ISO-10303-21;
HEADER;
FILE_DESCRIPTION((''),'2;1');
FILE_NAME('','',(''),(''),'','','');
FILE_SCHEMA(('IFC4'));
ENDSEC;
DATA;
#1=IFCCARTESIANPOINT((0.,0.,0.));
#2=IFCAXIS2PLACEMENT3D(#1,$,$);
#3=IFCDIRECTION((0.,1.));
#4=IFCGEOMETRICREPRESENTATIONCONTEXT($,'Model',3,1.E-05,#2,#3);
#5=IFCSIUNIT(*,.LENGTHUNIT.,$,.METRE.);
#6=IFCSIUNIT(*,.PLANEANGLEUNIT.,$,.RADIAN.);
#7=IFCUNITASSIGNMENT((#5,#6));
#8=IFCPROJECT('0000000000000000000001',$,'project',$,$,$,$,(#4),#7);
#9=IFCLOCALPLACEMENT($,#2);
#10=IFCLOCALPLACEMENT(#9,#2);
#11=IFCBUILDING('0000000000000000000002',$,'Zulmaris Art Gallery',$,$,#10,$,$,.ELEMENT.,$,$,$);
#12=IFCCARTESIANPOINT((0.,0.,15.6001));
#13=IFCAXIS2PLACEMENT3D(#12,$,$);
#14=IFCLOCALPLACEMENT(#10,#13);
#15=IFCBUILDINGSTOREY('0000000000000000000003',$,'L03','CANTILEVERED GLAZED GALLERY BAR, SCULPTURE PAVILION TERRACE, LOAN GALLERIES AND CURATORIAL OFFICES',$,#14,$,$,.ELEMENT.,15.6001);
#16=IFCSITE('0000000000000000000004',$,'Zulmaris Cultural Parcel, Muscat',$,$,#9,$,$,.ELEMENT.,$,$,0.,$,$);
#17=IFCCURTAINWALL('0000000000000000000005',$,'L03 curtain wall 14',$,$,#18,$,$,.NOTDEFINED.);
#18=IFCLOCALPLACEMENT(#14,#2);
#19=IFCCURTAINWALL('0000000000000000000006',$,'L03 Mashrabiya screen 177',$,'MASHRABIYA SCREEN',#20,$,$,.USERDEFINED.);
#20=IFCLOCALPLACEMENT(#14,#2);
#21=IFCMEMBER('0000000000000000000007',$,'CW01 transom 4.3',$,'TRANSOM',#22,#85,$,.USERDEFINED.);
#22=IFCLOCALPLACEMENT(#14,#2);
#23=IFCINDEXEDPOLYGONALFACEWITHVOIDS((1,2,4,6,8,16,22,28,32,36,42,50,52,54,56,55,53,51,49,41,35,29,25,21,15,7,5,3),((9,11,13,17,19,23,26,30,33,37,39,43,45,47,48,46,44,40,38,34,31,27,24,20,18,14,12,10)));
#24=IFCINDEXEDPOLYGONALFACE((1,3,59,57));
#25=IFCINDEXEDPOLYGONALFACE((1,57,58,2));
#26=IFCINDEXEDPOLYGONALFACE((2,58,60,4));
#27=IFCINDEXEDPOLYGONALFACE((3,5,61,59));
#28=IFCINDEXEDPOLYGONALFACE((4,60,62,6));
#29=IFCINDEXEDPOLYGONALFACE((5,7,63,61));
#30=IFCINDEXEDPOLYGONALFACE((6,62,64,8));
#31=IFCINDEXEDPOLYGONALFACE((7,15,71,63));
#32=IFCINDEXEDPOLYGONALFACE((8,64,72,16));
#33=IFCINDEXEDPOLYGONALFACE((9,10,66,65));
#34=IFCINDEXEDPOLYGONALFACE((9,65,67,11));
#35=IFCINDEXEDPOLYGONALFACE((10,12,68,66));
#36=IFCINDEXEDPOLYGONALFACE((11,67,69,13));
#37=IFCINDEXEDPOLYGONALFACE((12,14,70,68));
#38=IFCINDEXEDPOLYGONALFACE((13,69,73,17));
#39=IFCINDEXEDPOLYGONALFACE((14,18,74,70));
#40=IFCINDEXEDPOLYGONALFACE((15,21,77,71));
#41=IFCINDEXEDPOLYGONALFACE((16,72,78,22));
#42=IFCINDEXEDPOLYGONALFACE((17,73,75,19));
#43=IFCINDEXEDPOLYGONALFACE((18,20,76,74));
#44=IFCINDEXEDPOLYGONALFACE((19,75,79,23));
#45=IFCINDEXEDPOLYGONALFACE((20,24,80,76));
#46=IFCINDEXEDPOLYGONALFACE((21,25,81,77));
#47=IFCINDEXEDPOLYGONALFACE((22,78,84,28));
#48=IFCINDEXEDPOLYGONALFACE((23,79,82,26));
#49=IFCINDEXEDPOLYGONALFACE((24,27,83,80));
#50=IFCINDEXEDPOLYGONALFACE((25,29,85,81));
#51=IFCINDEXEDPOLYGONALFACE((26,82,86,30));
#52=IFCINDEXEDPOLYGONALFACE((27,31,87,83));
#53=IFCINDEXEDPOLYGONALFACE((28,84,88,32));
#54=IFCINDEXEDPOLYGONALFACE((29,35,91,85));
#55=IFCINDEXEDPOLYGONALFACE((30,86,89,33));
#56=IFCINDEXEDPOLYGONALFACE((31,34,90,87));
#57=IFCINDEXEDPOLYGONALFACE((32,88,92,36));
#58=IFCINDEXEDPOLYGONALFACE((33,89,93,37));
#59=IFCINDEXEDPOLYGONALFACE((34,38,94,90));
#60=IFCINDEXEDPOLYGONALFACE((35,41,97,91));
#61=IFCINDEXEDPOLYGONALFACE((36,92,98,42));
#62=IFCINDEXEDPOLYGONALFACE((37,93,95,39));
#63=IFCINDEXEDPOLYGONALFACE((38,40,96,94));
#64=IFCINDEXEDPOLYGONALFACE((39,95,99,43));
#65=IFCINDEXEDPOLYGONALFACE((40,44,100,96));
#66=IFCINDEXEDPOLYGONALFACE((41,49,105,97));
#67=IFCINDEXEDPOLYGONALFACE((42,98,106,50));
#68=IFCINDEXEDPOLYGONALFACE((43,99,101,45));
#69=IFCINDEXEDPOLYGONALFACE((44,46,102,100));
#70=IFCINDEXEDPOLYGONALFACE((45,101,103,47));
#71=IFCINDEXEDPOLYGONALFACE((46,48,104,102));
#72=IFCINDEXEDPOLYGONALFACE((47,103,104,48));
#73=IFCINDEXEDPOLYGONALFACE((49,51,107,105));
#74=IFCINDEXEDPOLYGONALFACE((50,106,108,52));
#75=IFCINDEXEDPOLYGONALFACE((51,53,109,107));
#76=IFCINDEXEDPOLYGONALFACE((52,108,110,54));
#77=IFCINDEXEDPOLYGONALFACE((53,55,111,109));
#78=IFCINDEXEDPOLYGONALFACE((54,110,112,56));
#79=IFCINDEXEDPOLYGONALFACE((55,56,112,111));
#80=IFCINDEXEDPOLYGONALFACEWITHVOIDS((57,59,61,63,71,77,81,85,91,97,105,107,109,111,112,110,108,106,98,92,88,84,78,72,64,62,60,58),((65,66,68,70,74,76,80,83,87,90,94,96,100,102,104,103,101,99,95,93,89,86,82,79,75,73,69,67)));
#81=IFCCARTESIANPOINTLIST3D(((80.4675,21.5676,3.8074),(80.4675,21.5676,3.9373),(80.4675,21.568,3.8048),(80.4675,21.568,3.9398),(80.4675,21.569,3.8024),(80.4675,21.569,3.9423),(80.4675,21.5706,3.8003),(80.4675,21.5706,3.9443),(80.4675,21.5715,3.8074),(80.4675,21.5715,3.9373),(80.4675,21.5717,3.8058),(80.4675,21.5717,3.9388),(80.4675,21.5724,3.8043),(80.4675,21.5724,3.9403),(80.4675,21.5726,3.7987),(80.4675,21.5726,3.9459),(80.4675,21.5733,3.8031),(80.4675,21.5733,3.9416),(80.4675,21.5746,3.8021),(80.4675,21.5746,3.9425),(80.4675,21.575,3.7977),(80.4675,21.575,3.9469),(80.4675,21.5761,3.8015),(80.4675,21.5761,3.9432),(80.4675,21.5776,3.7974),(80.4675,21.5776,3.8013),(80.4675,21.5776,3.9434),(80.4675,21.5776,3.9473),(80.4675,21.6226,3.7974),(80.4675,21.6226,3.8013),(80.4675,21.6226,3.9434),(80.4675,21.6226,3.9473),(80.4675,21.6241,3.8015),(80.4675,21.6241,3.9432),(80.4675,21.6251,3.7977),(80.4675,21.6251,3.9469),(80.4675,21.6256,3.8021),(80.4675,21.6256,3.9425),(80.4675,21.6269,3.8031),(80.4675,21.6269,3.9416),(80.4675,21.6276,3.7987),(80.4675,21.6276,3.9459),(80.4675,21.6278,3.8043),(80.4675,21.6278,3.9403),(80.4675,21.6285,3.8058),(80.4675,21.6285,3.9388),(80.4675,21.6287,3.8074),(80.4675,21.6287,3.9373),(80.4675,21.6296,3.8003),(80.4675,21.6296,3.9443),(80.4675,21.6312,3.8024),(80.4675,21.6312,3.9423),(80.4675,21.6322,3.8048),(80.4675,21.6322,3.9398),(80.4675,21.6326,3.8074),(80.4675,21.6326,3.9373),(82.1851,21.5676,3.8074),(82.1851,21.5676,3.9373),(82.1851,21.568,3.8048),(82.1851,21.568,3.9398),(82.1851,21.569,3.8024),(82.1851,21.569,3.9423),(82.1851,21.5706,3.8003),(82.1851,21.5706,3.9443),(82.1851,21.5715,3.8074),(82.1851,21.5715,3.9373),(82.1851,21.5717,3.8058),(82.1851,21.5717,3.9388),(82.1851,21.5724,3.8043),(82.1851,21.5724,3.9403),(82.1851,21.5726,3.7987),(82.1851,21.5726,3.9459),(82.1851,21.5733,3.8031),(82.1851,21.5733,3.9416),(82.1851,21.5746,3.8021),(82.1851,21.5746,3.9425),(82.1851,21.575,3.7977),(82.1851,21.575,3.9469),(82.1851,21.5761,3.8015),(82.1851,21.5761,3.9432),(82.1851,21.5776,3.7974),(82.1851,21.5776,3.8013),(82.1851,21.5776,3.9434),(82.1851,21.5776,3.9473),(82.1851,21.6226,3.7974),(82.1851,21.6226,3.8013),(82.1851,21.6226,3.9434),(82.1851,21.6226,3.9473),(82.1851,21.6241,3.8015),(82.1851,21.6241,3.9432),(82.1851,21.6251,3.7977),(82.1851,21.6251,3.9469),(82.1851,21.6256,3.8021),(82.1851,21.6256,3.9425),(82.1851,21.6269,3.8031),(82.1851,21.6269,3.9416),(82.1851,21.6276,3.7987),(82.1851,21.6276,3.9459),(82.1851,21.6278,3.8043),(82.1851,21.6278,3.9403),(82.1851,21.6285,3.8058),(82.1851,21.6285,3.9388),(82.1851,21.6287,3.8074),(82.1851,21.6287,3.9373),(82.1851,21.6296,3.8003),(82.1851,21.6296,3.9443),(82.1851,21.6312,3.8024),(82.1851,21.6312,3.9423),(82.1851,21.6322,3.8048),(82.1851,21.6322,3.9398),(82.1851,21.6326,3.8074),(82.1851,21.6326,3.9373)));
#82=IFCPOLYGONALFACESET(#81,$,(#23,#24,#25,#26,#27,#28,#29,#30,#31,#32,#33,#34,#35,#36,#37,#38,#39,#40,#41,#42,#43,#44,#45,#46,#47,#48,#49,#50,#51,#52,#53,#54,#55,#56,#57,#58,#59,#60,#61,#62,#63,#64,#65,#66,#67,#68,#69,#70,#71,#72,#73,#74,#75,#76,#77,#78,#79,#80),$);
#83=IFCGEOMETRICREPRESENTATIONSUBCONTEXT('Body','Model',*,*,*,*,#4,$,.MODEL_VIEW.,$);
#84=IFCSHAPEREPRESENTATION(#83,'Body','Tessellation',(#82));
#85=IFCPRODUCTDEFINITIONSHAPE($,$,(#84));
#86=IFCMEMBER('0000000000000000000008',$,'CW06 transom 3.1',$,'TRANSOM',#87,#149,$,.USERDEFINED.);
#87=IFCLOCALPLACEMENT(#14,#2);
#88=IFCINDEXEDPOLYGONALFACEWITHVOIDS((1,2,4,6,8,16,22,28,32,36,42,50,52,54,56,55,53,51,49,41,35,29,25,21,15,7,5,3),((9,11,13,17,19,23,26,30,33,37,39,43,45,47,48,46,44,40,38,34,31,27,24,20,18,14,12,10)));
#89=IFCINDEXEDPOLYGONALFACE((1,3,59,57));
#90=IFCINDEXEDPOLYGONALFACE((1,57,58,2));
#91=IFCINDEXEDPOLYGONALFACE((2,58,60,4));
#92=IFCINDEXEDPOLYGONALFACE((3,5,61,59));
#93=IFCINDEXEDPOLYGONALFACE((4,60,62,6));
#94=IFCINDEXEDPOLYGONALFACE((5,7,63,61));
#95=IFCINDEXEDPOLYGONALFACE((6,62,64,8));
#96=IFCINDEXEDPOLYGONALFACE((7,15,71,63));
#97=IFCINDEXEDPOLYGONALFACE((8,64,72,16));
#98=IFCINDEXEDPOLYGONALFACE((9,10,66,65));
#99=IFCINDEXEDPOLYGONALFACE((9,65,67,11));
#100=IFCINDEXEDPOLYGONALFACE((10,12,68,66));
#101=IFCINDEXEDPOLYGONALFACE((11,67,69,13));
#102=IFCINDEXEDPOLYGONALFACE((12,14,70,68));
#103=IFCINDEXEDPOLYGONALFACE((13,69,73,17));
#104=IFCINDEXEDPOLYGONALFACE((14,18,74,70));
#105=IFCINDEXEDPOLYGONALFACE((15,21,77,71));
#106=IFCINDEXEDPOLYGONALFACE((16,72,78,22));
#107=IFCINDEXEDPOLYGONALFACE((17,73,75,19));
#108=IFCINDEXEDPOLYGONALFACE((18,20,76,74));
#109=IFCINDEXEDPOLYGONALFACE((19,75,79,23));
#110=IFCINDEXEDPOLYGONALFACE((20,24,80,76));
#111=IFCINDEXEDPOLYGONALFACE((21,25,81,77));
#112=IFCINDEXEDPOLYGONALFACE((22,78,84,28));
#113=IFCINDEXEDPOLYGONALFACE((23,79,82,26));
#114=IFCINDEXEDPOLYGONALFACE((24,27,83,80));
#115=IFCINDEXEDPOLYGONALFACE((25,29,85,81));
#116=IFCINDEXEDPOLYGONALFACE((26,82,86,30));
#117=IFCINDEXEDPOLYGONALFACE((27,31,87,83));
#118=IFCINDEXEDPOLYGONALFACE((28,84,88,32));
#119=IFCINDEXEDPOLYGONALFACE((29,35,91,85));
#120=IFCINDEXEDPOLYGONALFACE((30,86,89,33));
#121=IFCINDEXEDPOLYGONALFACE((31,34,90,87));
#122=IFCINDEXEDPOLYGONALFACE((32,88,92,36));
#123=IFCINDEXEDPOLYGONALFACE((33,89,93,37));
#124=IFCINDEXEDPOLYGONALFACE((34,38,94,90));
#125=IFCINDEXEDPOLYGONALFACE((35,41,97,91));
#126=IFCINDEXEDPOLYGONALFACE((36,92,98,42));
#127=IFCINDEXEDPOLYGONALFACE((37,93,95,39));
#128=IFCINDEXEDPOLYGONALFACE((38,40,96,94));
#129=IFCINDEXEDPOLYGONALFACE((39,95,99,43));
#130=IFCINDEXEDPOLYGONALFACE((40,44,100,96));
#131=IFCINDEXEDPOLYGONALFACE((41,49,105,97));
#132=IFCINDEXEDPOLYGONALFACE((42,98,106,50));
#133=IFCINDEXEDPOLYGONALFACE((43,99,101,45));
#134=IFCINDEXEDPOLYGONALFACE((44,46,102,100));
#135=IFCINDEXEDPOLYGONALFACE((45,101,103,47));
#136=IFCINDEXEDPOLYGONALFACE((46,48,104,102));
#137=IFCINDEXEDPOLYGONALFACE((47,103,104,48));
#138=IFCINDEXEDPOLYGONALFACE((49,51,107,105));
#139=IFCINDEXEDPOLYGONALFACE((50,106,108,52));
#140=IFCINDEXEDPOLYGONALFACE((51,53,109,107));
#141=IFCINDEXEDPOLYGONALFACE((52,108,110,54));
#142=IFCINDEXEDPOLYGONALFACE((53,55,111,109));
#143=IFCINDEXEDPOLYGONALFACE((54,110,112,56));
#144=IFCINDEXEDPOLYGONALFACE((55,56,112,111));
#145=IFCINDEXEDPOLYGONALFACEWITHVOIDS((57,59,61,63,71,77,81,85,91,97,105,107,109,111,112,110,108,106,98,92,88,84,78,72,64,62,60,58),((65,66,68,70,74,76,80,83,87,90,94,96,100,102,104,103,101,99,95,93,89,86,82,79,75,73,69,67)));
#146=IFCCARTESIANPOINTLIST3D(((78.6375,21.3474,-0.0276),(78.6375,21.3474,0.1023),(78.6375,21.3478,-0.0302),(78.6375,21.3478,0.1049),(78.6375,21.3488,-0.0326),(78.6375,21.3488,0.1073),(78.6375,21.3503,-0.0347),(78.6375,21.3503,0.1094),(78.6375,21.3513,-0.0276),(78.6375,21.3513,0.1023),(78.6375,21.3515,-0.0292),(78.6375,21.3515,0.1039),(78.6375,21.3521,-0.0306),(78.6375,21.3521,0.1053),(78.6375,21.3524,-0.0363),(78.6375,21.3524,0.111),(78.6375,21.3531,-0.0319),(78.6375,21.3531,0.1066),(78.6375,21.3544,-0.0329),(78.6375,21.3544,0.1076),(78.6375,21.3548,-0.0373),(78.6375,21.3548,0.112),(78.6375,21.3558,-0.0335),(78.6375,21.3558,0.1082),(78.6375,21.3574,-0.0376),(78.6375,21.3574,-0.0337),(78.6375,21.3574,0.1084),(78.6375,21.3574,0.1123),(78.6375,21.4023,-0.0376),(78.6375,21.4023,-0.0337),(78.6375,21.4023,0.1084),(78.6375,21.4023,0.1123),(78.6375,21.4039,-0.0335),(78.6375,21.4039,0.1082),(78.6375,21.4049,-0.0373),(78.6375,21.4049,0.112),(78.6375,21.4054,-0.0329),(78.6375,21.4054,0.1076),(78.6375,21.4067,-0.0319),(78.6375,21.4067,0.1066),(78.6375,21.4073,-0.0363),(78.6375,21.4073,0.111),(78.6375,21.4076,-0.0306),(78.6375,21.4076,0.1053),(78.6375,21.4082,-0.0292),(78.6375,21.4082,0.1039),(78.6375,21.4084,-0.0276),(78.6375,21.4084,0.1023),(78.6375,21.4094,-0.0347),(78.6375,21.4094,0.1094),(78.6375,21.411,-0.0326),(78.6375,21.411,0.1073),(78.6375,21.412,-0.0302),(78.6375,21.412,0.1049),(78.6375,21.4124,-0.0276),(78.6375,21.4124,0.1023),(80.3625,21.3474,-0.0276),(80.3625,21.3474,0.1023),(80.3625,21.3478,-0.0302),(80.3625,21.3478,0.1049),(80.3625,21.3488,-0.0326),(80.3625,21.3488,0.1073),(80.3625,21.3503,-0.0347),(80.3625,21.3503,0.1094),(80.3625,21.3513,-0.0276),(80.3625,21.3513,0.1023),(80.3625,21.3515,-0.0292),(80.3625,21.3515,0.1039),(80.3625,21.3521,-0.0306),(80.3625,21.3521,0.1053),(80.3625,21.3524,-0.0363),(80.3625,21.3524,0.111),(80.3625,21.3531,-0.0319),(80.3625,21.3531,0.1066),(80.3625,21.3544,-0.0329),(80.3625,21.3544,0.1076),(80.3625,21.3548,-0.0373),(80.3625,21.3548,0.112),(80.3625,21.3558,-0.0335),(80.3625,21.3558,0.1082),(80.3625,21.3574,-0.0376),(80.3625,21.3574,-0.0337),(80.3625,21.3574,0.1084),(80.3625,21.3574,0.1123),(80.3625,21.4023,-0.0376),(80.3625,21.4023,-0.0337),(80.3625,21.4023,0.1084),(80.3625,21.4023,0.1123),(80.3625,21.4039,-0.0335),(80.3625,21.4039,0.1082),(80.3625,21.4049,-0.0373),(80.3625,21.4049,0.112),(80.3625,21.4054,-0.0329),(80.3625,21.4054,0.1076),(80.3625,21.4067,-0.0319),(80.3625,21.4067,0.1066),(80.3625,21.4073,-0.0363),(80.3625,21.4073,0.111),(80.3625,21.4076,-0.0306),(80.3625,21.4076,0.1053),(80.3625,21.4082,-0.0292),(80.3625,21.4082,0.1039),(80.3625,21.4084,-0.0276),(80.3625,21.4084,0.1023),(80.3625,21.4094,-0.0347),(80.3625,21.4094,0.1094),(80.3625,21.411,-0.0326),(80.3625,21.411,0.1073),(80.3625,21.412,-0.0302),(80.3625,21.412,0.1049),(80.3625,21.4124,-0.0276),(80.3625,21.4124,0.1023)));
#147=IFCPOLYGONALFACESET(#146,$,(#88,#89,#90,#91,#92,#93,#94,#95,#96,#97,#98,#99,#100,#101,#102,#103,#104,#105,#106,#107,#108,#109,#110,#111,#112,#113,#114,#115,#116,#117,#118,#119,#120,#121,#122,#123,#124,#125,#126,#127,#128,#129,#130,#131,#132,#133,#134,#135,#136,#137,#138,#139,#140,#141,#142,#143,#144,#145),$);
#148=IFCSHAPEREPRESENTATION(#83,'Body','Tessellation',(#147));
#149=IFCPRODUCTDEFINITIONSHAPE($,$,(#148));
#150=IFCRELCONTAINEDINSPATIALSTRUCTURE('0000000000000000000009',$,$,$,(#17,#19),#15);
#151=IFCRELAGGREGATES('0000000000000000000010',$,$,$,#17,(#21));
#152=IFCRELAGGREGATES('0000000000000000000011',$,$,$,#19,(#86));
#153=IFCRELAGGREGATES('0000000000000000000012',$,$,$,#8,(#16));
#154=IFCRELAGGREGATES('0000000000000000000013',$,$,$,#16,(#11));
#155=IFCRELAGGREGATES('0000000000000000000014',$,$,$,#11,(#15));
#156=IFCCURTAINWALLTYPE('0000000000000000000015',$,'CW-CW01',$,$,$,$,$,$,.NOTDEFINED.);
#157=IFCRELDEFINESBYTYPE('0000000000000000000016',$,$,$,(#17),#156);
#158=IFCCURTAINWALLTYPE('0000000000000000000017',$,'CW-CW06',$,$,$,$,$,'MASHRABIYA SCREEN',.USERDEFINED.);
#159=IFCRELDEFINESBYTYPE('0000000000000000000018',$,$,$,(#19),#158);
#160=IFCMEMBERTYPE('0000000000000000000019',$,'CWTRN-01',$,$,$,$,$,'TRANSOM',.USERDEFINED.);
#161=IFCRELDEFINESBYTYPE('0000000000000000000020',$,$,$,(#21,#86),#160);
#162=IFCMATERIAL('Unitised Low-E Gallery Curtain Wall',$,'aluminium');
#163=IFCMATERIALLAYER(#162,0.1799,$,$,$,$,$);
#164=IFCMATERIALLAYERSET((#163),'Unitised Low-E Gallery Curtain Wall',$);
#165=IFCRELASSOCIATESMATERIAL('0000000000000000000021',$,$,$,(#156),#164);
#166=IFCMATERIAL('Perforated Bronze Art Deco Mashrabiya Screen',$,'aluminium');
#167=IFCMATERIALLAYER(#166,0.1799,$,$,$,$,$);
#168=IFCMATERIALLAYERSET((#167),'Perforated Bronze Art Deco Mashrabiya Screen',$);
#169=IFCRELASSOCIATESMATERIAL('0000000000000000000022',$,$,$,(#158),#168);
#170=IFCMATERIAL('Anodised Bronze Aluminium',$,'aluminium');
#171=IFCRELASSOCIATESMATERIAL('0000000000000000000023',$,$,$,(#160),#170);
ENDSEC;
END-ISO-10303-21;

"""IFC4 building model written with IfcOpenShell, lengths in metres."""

from ifc_helpers import new_model, si_unit, direction, frame, origin, origin_2d, place, context, subcontext, project, spatial, hollow_rectangle, extrude, material, layer, layer_set, material_profile, profile_set, type_object, element, aggregate, save


model = new_model("IFC4")

# Units and contexts
model_context = context("Model", 3, precision=1e-05, world=origin(), true_north=direction((0.0, 1.0)))
body_context = subcontext(model_context, "Body", "Model", "MODEL_VIEW")
ifc_project = project(units=[si_unit("LENGTHUNIT", "METRE"), si_unit("PLANEANGLEUNIT", "RADIAN")], contexts=[model_context])

# Site, building, storey
site_placement = place(None, origin())
site = spatial("IfcSite", under=ifc_project, at=site_placement, Name="Zulmaris Cultural Parcel, Muscat", CompositionType="ELEMENT", RefElevation=0.0)
building_placement = place(site_placement, origin())
building = spatial("IfcBuilding", under=site, at=building_placement, Name="Zulmaris Art Gallery", CompositionType="ELEMENT")
storey_placement = place(building_placement, frame((0.0, 0.0, 15.6001)))
storey = spatial("IfcBuildingStorey", under=building, at=storey_placement, Name="L03", Description="CANTILEVERED GLAZED GALLERY BAR, SCULPTURE PAVILION TERRACE, LOAN GALLERIES AND CURATORIAL OFFICES", CompositionType="ELEMENT", Elevation=15.6001)

# Curtain walls
ifc_material_1 = material(Name="Unitised Low-E Gallery Curtain Wall", Category="aluminium")
ifc_layer_1 = layer(ifc_material_1, 0.1799)
ifc_layer_set_1 = layer_set([ifc_layer_1], Name="Unitised Low-E Gallery Curtain Wall")
curtain_wall_type_1 = type_object("IfcCurtainWallType", Name="CW-CW01", PredefinedType="NOTDEFINED", material=ifc_layer_set_1)
curtain_wall_1_placement = place(storey_placement, origin())
curtain_wall_1 = element("IfcCurtainWall", 1, at=curtain_wall_1_placement, inside=storey, type_object=curtain_wall_type_1, Name="L03 curtain wall 14", PredefinedType="NOTDEFINED")
ifc_material_2 = material(Name="Anodised Bronze Aluminium", Category="aluminium")
ifc_material_3 = material(Name="Perforated Bronze Art Deco Mashrabiya Screen", Category="aluminium")
ifc_layer_2 = layer(ifc_material_3, 0.1799)
ifc_layer_set_2 = layer_set([ifc_layer_2], Name="Perforated Bronze Art Deco Mashrabiya Screen")
curtain_wall_type_2 = type_object("IfcCurtainWallType", Name="CW-CW06", ElementType="MASHRABIYA SCREEN", PredefinedType="USERDEFINED", material=ifc_layer_set_2)
curtain_wall_2_placement = place(storey_placement, origin())
curtain_wall_2 = element("IfcCurtainWall", 2, at=curtain_wall_2_placement, inside=storey, type_object=curtain_wall_type_2, Name="L03 Mashrabiya screen 177", ObjectType="MASHRABIYA SCREEN", PredefinedType="USERDEFINED")

# Members
ifc_material_profile_1 = material_profile(ifc_material_2, hollow_rectangle(XDim=0.0649, YDim=0.1499, WallThickness=0.0039, InnerFilletRadius=0.0061, OuterFilletRadius=0.01, at=origin_2d()), Name="ALU 65x150x4")
ifc_profile_set_1 = profile_set([ifc_material_profile_1], Name="Anodised Bronze Aluminium")
member_type_1 = type_object("IfcMemberType", Name="CWTRN-01", ElementType="TRANSOM", PredefinedType="USERDEFINED", material=ifc_profile_set_1)
member_1_placement = place(storey_placement, frame((80.4675, 21.6001, 3.8723), z_axis=(1.0, 0.0, 0.0), x_axis=(0.0, 1.0, 0.0)))
member_1 = element("IfcMember", 3, at=member_1_placement, type_object=member_type_1, Name="CW01 transom 4.3", ObjectType="TRANSOM", PredefinedType="USERDEFINED", context=body_context, shape_type="SweptSolid", body=[
    extrude(hollow_rectangle(XDim=0.0649, YDim=0.1499, WallThickness=0.0039, InnerFilletRadius=0.0061, OuterFilletRadius=0.01, at=origin_2d()), origin(), (0.0, 0.0, 1.0), 1.7175),
])
member_2_placement = place(storey_placement, frame((78.6375, 21.3799, 0.0374), z_axis=(1.0, 0.0, 0.0), x_axis=(0.0, 1.0, 0.0)))
member_2 = element("IfcMember", 4, at=member_2_placement, type_object=member_type_1, Name="CW06 transom 3.1", ObjectType="TRANSOM", PredefinedType="USERDEFINED", context=body_context, shape_type="SweptSolid", body=[
    extrude(hollow_rectangle(XDim=0.0649, YDim=0.1499, WallThickness=0.0039, InnerFilletRadius=0.0061, OuterFilletRadius=0.01, at=origin_2d()), origin(), (0.0, 0.0, 1.0), 1.7251),
])

aggregate(curtain_wall_1, [member_1])
aggregate(curtain_wall_2, [member_2])

save(model, "model.ifc")
